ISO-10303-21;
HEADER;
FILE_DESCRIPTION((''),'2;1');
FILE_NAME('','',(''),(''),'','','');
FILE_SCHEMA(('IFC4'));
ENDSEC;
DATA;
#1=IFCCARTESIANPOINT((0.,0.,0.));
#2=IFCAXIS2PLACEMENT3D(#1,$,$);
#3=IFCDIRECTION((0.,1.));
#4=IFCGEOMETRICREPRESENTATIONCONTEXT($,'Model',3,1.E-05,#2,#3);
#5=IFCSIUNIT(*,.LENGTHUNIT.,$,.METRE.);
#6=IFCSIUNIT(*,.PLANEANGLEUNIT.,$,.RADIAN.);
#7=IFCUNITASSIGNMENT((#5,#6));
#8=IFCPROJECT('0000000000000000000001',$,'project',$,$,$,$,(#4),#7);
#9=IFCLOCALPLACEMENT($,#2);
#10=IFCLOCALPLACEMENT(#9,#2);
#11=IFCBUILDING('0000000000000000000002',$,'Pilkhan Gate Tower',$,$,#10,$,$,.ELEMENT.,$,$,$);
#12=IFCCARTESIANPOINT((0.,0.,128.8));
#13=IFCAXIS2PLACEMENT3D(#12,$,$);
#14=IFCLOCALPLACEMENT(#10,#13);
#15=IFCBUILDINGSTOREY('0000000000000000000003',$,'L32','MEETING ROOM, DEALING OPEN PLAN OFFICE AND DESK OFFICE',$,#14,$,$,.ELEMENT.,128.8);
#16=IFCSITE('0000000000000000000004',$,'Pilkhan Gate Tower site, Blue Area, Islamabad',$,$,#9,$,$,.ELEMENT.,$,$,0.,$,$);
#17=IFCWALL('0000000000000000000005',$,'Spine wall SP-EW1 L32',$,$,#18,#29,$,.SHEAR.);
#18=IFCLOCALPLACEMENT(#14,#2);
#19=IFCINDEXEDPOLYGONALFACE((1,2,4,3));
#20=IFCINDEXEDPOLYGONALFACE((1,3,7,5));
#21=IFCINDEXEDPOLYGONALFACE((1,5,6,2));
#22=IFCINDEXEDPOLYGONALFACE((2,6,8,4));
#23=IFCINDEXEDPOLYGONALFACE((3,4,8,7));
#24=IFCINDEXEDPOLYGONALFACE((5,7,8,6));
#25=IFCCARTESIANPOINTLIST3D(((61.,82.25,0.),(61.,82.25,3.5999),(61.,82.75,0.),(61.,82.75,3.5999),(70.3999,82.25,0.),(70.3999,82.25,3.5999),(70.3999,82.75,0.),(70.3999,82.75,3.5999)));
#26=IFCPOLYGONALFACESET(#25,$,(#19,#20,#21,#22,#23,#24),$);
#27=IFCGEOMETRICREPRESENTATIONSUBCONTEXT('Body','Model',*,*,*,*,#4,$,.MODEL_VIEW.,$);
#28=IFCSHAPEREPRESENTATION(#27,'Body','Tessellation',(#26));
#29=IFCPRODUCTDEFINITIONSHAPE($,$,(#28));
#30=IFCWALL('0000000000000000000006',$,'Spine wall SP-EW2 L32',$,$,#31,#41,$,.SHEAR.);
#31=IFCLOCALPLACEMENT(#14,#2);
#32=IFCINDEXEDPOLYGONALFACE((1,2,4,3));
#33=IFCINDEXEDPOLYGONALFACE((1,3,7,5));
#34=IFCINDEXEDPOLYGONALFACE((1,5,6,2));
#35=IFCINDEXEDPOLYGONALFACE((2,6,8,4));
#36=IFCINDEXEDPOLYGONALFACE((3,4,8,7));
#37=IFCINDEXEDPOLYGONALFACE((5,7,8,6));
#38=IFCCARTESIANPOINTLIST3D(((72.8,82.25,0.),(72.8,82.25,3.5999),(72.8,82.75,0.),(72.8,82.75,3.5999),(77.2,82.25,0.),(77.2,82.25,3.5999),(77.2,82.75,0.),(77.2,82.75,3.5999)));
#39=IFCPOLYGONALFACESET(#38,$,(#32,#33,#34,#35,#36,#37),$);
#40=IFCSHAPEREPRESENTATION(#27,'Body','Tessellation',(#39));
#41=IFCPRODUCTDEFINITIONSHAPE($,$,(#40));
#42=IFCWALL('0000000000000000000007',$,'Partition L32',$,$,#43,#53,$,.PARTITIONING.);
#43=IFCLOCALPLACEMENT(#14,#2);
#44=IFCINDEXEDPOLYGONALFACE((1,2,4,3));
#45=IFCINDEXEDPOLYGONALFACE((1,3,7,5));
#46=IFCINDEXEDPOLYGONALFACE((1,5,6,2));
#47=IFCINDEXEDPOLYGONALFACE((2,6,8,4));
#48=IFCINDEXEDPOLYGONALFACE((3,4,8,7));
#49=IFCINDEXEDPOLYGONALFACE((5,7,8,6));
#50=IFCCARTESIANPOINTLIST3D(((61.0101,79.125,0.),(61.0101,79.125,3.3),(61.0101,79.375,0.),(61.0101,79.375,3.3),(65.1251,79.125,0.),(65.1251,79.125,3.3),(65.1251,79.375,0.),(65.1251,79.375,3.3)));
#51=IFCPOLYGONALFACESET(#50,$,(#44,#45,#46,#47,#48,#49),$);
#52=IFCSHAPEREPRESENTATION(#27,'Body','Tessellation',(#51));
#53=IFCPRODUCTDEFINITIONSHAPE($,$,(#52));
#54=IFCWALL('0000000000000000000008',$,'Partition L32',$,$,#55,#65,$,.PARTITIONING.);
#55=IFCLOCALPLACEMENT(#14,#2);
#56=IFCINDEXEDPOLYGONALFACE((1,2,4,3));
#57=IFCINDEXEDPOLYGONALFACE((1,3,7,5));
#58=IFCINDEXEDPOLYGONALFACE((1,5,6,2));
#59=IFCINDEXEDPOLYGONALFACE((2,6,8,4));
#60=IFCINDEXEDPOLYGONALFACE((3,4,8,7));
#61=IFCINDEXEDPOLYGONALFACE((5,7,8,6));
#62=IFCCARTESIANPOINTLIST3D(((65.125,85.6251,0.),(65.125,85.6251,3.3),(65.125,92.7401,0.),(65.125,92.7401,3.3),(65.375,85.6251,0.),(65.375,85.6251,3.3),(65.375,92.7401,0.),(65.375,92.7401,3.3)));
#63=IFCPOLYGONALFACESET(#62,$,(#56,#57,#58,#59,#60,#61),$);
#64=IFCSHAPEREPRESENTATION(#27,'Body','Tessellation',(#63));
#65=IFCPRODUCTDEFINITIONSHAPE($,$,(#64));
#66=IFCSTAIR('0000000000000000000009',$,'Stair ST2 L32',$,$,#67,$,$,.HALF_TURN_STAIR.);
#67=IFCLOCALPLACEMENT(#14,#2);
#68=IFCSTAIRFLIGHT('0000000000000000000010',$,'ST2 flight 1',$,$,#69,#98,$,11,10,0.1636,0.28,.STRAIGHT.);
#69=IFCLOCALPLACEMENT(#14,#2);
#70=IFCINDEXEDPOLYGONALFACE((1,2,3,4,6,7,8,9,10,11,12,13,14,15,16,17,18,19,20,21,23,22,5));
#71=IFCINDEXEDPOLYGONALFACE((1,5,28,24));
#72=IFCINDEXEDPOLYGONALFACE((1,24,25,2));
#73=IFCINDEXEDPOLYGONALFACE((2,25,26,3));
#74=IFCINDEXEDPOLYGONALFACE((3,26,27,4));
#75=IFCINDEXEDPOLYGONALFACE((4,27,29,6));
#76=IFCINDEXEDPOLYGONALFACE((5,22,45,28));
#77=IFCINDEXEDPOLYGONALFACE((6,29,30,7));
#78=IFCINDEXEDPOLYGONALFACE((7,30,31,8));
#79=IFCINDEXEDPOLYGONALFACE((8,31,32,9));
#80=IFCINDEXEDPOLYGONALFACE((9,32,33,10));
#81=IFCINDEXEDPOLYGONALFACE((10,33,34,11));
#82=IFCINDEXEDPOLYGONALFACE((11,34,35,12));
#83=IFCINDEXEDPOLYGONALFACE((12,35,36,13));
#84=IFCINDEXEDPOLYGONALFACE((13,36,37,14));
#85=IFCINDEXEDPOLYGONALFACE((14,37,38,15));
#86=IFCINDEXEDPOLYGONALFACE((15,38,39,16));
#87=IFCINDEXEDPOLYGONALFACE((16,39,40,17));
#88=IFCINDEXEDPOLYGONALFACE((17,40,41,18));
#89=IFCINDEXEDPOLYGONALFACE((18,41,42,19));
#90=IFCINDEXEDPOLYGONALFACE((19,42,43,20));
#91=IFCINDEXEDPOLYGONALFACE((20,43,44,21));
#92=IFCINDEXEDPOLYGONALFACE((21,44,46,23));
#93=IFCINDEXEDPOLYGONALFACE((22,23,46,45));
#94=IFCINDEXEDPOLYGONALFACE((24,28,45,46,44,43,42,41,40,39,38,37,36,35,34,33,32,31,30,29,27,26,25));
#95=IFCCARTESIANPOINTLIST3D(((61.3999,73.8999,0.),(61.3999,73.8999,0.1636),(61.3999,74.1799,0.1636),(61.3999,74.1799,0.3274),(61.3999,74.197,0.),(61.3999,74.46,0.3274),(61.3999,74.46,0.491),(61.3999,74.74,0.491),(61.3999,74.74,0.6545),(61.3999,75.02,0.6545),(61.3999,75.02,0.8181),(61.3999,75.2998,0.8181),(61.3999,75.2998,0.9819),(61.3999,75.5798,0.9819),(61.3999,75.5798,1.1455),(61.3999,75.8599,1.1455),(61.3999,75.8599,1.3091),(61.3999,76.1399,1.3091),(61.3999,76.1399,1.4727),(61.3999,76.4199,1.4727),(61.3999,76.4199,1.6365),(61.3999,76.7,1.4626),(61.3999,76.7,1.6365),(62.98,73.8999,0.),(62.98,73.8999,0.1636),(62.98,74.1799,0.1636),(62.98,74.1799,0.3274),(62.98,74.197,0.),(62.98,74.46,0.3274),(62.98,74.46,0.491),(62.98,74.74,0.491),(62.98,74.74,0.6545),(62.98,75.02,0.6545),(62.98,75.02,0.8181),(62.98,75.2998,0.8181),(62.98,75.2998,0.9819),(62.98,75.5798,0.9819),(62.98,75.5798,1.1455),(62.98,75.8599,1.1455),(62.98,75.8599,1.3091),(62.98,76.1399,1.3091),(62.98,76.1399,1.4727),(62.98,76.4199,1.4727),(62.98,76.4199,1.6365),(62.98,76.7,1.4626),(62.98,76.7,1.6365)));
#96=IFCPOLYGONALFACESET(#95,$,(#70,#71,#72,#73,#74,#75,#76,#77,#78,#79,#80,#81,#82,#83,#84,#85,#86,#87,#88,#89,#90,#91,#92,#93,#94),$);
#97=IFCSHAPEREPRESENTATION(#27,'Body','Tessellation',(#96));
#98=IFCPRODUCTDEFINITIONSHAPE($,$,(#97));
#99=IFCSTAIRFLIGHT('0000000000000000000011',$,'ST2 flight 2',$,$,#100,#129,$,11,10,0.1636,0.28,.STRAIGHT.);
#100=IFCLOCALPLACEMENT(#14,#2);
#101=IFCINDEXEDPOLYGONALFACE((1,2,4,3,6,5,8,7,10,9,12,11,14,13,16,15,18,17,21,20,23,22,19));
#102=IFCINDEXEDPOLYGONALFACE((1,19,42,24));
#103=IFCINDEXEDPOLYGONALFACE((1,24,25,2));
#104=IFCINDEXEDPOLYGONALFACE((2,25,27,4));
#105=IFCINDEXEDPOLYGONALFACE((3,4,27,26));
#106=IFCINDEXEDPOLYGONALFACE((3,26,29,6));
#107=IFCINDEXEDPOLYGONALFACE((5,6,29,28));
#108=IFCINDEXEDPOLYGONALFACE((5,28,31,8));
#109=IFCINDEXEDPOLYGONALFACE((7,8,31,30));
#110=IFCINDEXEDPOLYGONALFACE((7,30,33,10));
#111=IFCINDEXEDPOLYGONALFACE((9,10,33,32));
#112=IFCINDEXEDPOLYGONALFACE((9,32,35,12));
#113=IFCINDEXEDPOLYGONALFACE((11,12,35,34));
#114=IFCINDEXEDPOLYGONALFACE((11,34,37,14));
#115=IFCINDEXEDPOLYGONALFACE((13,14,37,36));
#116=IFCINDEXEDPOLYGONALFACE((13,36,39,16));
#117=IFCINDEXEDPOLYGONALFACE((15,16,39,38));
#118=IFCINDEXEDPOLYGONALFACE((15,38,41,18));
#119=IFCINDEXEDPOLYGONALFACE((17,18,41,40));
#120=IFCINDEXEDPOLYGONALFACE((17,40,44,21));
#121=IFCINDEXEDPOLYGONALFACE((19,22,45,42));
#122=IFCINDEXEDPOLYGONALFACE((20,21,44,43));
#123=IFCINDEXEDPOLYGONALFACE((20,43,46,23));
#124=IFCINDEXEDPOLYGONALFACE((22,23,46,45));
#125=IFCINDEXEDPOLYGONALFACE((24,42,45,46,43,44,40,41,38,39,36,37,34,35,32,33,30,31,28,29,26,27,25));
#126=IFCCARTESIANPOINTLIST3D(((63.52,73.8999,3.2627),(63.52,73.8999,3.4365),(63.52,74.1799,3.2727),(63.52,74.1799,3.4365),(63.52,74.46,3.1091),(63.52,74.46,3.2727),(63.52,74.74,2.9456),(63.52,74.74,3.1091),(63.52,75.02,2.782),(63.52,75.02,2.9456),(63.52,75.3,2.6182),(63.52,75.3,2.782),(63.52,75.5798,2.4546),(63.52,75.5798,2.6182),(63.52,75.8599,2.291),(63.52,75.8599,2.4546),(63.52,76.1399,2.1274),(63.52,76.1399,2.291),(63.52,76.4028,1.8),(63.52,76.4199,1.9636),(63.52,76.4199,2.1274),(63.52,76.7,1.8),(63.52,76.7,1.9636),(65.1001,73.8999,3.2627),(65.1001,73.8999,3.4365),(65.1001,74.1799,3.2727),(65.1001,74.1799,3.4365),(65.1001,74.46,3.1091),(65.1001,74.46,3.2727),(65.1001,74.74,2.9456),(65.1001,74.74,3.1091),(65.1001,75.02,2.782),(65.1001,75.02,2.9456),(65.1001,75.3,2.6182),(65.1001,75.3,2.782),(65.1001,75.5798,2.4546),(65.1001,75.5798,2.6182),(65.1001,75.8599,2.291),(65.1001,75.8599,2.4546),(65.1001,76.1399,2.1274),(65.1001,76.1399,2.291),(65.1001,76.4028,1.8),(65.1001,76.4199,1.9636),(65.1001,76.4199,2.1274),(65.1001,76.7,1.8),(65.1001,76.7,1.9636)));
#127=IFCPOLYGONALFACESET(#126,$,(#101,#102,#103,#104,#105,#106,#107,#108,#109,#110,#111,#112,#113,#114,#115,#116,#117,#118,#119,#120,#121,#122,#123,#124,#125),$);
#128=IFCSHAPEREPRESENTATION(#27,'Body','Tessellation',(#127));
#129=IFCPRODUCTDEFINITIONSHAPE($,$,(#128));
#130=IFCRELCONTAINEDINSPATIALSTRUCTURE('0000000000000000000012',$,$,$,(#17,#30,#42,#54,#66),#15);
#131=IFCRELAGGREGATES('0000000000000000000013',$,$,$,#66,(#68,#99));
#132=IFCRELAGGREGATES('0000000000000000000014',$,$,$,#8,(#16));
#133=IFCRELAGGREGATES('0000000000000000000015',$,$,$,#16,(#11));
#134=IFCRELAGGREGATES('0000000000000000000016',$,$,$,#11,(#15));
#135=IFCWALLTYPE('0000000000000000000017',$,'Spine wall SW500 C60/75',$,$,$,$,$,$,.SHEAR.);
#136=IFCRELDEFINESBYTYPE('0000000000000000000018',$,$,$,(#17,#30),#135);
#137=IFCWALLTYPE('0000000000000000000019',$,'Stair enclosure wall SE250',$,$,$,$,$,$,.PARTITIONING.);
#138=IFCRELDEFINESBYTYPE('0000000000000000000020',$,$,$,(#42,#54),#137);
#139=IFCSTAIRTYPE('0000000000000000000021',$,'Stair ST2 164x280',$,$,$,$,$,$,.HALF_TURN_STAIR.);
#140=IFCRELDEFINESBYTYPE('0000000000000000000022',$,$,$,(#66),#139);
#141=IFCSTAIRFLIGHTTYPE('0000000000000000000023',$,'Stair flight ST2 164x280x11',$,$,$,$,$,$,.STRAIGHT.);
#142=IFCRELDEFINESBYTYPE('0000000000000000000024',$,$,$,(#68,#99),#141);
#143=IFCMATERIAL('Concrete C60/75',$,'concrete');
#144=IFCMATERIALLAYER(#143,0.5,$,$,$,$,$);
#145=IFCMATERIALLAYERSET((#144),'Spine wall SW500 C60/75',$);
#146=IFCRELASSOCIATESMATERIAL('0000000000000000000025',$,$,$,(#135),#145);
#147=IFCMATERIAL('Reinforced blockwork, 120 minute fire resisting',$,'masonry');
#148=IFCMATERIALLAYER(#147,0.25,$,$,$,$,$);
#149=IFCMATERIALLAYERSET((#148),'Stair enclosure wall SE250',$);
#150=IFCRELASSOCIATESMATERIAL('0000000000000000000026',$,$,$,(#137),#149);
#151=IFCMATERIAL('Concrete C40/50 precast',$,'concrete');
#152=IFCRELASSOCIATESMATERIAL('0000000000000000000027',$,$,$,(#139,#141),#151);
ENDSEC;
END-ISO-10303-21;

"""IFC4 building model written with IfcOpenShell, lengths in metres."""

from ifc_helpers import new_model, si_unit, direction, frame, frame_2d, origin, place, context, subcontext, project, spatial, polyline, rectangle, outline, extrude, material, layer, layer_set, type_object, element, aggregate, save


model = new_model("IFC4")

# Units and contexts
model_context = context("Model", 3, precision=1e-05, world=origin(), true_north=direction((0.0, 1.0)))
body_context = subcontext(model_context, "Body", "Model", "MODEL_VIEW")
ifc_project = project(units=[si_unit("LENGTHUNIT", "METRE"), si_unit("PLANEANGLEUNIT", "RADIAN")], contexts=[model_context])

# Site, building, storey
site_placement = place(None, origin())
site = spatial("IfcSite", under=ifc_project, at=site_placement, Name="Pilkhan Gate Tower site, Blue Area, Islamabad", CompositionType="ELEMENT", RefElevation=0.0)
building_placement = place(site_placement, origin())
building = spatial("IfcBuilding", under=site, at=building_placement, Name="Pilkhan Gate Tower", CompositionType="ELEMENT")
storey_placement = place(building_placement, frame((0.0, 0.0, 128.8)))
storey = spatial("IfcBuildingStorey", under=building, at=storey_placement, Name="L32", Description="MEETING ROOM, DEALING OPEN PLAN OFFICE AND DESK OFFICE", CompositionType="ELEMENT", Elevation=128.8)

# Shared definitions
ifc_material_1 = material(Name="Concrete C60/75", Category="concrete")

# Walls
ifc_layer_1 = layer(ifc_material_1, 0.5)
ifc_layer_set_1 = layer_set([ifc_layer_1], Name="Spine wall SW500 C60/75")
wall_type_1 = type_object("IfcWallType", Name="Spine wall SW500 C60/75", PredefinedType="SHEAR", material=ifc_layer_set_1)
wall_1_placement = place(storey_placement, frame((61.0, 82.5, 0.0), z_axis=(0.0, 0.0, 1.0), x_axis=(1.0, 0.0, 0.0)))
element("IfcWall", 1, at=wall_1_placement, inside=storey, type_object=wall_type_1, Name="Spine wall SP-EW1 L32", PredefinedType="SHEAR", context=body_context, shape_type="SweptSolid", body=[
    extrude(rectangle(XDim=9.3999, YDim=0.5, at=frame_2d((4.7, 0.0))), origin(), (0.0, 0.0, 1.0), 3.5999),
])
wall_2_placement = place(storey_placement, frame((72.8, 82.5, 0.0), z_axis=(0.0, 0.0, 1.0), x_axis=(1.0, 0.0, 0.0)))
element("IfcWall", 2, at=wall_2_placement, inside=storey, type_object=wall_type_1, Name="Spine wall SP-EW2 L32", PredefinedType="SHEAR", context=body_context, shape_type="SweptSolid", body=[
    extrude(rectangle(XDim=4.3999, YDim=0.5, at=frame_2d((2.2, 0.0))), origin(), (0.0, 0.0, 1.0), 3.5999),
])
ifc_material_2 = material(Name="Reinforced blockwork, 120 minute fire resisting", Category="masonry")
ifc_layer_2 = layer(ifc_material_2, 0.25)
ifc_layer_set_2 = layer_set([ifc_layer_2], Name="Stair enclosure wall SE250")
wall_type_2 = type_object("IfcWallType", Name="Stair enclosure wall SE250", PredefinedType="PARTITIONING", material=ifc_layer_set_2)
wall_3_placement = place(storey_placement, frame((61.01, 79.25, 0.0), z_axis=(0.0, 0.0, 1.0), x_axis=(1.0, 0.0, 0.0)))
element("IfcWall", 3, at=wall_3_placement, inside=storey, type_object=wall_type_2, Name="Partition L32", PredefinedType="PARTITIONING", context=body_context, shape_type="SweptSolid", body=[
    extrude(rectangle(XDim=4.115, YDim=0.25, at=frame_2d((2.0576, 0.0))), origin(), (0.0, 0.0, 1.0), 3.3),
])
wall_4_placement = place(storey_placement, frame((65.25, 85.625, 0.0), z_axis=(0.0, 0.0, 1.0), x_axis=(0.0, 1.0, 0.0)))
element("IfcWall", 4, at=wall_4_placement, inside=storey, type_object=wall_type_2, Name="Partition L32", PredefinedType="PARTITIONING", context=body_context, shape_type="SweptSolid", body=[
    extrude(rectangle(XDim=7.115, YDim=0.25, at=frame_2d((3.5576, 0.0))), origin(), (0.0, 0.0, 1.0), 3.3),
])

# Stair, stair flights
ifc_material_3 = material(Name="Concrete C40/50 precast", Category="concrete")
stair_type = type_object("IfcStairType", Name="Stair ST2 164x280", PredefinedType="HALF_TURN_STAIR", material=ifc_material_3)
stair_placement = place(storey_placement, origin())
stair = element("IfcStair", 5, at=stair_placement, inside=storey, type_object=stair_type, Name="Stair ST2 L32", PredefinedType="HALF_TURN_STAIR")
stair_flight_type = type_object("IfcStairFlightType", Name="Stair flight ST2 164x280x11", PredefinedType="STRAIGHT", material=ifc_material_3)
stair_flight_1_placement = place(storey_placement, frame((62.1899, 73.8999, 0.0), z_axis=(0.0, 0.0, 1.0), x_axis=(0.0, 1.0, 0.0)))
stair_flight_1 = element("IfcStairFlight", 6, at=stair_flight_1_placement, type_object=stair_flight_type, Name="ST2 flight 1", NumberOfRisers=11, NumberOfTreads=10, PredefinedType="STRAIGHT", RiserHeight=0.1636, TreadLength=0.28, context=body_context, shape_type="SweptSolid", body=[
    extrude(outline(polyline([(0.0, 0.0), (0.0, 0.1636), (0.28, 0.1636), (0.28, 0.3274), (0.5601, 0.3274), (0.5601, 0.491), (0.8401, 0.491), (0.8401, 0.6545), (1.1201, 0.6545), (1.1201, 0.8181), (1.3999, 0.8181), (1.3999, 0.9819), (1.6799, 0.9819), (1.6799, 1.1455), (1.96, 1.1455), (1.96, 1.3091), (2.24, 1.3091), (2.24, 1.4727), (2.52, 1.4727), (2.52, 1.6365), (2.8, 1.6365), (2.8, 1.8), (2.8, 1.4626), (0.2971, 0.0), (0.0, 0.0)])), frame((0.0, 0.79, 0.0), z_axis=(0.0, -1.0, 0.0), x_axis=(1.0, 0.0, 0.0)), (0.0, 0.0, 1.0), 1.5801),
])
stair_flight_2_placement = place(storey_placement, frame((64.3101, 76.7, 1.8), z_axis=(0.0, 0.0, 1.0), x_axis=(0.0, -1.0, 0.0)))
stair_flight_2 = element("IfcStairFlight", 7, at=stair_flight_2_placement, type_object=stair_flight_type, Name="ST2 flight 2", NumberOfRisers=11, NumberOfTreads=10, PredefinedType="STRAIGHT", RiserHeight=0.1636, TreadLength=0.28, context=body_context, shape_type="SweptSolid", body=[
    extrude(outline(polyline([(0.0, 0.0), (0.0, 0.1636), (0.28, 0.1636), (0.28, 0.3274), (0.5601, 0.3274), (0.5601, 0.491), (0.8401, 0.491), (0.8401, 0.6545), (1.1201, 0.6545), (1.1201, 0.8181), (1.3999, 0.8181), (1.3999, 0.9819), (1.6799, 0.9819), (1.6799, 1.1455), (1.96, 1.1455), (1.96, 1.3091), (2.24, 1.3091), (2.24, 1.4727), (2.52, 1.4727), (2.52, 1.6365), (2.8, 1.6365), (2.8, 1.8), (2.8, 1.4626), (0.2971, 0.0), (0.0, 0.0)])), frame((0.0, 0.79, 0.0), z_axis=(0.0, -1.0, 0.0), x_axis=(1.0, 0.0, 0.0)), (0.0, 0.0, 1.0), 1.5801),
])
aggregate(stair, [stair_flight_1, stair_flight_2])

save(model, "model.ifc")
